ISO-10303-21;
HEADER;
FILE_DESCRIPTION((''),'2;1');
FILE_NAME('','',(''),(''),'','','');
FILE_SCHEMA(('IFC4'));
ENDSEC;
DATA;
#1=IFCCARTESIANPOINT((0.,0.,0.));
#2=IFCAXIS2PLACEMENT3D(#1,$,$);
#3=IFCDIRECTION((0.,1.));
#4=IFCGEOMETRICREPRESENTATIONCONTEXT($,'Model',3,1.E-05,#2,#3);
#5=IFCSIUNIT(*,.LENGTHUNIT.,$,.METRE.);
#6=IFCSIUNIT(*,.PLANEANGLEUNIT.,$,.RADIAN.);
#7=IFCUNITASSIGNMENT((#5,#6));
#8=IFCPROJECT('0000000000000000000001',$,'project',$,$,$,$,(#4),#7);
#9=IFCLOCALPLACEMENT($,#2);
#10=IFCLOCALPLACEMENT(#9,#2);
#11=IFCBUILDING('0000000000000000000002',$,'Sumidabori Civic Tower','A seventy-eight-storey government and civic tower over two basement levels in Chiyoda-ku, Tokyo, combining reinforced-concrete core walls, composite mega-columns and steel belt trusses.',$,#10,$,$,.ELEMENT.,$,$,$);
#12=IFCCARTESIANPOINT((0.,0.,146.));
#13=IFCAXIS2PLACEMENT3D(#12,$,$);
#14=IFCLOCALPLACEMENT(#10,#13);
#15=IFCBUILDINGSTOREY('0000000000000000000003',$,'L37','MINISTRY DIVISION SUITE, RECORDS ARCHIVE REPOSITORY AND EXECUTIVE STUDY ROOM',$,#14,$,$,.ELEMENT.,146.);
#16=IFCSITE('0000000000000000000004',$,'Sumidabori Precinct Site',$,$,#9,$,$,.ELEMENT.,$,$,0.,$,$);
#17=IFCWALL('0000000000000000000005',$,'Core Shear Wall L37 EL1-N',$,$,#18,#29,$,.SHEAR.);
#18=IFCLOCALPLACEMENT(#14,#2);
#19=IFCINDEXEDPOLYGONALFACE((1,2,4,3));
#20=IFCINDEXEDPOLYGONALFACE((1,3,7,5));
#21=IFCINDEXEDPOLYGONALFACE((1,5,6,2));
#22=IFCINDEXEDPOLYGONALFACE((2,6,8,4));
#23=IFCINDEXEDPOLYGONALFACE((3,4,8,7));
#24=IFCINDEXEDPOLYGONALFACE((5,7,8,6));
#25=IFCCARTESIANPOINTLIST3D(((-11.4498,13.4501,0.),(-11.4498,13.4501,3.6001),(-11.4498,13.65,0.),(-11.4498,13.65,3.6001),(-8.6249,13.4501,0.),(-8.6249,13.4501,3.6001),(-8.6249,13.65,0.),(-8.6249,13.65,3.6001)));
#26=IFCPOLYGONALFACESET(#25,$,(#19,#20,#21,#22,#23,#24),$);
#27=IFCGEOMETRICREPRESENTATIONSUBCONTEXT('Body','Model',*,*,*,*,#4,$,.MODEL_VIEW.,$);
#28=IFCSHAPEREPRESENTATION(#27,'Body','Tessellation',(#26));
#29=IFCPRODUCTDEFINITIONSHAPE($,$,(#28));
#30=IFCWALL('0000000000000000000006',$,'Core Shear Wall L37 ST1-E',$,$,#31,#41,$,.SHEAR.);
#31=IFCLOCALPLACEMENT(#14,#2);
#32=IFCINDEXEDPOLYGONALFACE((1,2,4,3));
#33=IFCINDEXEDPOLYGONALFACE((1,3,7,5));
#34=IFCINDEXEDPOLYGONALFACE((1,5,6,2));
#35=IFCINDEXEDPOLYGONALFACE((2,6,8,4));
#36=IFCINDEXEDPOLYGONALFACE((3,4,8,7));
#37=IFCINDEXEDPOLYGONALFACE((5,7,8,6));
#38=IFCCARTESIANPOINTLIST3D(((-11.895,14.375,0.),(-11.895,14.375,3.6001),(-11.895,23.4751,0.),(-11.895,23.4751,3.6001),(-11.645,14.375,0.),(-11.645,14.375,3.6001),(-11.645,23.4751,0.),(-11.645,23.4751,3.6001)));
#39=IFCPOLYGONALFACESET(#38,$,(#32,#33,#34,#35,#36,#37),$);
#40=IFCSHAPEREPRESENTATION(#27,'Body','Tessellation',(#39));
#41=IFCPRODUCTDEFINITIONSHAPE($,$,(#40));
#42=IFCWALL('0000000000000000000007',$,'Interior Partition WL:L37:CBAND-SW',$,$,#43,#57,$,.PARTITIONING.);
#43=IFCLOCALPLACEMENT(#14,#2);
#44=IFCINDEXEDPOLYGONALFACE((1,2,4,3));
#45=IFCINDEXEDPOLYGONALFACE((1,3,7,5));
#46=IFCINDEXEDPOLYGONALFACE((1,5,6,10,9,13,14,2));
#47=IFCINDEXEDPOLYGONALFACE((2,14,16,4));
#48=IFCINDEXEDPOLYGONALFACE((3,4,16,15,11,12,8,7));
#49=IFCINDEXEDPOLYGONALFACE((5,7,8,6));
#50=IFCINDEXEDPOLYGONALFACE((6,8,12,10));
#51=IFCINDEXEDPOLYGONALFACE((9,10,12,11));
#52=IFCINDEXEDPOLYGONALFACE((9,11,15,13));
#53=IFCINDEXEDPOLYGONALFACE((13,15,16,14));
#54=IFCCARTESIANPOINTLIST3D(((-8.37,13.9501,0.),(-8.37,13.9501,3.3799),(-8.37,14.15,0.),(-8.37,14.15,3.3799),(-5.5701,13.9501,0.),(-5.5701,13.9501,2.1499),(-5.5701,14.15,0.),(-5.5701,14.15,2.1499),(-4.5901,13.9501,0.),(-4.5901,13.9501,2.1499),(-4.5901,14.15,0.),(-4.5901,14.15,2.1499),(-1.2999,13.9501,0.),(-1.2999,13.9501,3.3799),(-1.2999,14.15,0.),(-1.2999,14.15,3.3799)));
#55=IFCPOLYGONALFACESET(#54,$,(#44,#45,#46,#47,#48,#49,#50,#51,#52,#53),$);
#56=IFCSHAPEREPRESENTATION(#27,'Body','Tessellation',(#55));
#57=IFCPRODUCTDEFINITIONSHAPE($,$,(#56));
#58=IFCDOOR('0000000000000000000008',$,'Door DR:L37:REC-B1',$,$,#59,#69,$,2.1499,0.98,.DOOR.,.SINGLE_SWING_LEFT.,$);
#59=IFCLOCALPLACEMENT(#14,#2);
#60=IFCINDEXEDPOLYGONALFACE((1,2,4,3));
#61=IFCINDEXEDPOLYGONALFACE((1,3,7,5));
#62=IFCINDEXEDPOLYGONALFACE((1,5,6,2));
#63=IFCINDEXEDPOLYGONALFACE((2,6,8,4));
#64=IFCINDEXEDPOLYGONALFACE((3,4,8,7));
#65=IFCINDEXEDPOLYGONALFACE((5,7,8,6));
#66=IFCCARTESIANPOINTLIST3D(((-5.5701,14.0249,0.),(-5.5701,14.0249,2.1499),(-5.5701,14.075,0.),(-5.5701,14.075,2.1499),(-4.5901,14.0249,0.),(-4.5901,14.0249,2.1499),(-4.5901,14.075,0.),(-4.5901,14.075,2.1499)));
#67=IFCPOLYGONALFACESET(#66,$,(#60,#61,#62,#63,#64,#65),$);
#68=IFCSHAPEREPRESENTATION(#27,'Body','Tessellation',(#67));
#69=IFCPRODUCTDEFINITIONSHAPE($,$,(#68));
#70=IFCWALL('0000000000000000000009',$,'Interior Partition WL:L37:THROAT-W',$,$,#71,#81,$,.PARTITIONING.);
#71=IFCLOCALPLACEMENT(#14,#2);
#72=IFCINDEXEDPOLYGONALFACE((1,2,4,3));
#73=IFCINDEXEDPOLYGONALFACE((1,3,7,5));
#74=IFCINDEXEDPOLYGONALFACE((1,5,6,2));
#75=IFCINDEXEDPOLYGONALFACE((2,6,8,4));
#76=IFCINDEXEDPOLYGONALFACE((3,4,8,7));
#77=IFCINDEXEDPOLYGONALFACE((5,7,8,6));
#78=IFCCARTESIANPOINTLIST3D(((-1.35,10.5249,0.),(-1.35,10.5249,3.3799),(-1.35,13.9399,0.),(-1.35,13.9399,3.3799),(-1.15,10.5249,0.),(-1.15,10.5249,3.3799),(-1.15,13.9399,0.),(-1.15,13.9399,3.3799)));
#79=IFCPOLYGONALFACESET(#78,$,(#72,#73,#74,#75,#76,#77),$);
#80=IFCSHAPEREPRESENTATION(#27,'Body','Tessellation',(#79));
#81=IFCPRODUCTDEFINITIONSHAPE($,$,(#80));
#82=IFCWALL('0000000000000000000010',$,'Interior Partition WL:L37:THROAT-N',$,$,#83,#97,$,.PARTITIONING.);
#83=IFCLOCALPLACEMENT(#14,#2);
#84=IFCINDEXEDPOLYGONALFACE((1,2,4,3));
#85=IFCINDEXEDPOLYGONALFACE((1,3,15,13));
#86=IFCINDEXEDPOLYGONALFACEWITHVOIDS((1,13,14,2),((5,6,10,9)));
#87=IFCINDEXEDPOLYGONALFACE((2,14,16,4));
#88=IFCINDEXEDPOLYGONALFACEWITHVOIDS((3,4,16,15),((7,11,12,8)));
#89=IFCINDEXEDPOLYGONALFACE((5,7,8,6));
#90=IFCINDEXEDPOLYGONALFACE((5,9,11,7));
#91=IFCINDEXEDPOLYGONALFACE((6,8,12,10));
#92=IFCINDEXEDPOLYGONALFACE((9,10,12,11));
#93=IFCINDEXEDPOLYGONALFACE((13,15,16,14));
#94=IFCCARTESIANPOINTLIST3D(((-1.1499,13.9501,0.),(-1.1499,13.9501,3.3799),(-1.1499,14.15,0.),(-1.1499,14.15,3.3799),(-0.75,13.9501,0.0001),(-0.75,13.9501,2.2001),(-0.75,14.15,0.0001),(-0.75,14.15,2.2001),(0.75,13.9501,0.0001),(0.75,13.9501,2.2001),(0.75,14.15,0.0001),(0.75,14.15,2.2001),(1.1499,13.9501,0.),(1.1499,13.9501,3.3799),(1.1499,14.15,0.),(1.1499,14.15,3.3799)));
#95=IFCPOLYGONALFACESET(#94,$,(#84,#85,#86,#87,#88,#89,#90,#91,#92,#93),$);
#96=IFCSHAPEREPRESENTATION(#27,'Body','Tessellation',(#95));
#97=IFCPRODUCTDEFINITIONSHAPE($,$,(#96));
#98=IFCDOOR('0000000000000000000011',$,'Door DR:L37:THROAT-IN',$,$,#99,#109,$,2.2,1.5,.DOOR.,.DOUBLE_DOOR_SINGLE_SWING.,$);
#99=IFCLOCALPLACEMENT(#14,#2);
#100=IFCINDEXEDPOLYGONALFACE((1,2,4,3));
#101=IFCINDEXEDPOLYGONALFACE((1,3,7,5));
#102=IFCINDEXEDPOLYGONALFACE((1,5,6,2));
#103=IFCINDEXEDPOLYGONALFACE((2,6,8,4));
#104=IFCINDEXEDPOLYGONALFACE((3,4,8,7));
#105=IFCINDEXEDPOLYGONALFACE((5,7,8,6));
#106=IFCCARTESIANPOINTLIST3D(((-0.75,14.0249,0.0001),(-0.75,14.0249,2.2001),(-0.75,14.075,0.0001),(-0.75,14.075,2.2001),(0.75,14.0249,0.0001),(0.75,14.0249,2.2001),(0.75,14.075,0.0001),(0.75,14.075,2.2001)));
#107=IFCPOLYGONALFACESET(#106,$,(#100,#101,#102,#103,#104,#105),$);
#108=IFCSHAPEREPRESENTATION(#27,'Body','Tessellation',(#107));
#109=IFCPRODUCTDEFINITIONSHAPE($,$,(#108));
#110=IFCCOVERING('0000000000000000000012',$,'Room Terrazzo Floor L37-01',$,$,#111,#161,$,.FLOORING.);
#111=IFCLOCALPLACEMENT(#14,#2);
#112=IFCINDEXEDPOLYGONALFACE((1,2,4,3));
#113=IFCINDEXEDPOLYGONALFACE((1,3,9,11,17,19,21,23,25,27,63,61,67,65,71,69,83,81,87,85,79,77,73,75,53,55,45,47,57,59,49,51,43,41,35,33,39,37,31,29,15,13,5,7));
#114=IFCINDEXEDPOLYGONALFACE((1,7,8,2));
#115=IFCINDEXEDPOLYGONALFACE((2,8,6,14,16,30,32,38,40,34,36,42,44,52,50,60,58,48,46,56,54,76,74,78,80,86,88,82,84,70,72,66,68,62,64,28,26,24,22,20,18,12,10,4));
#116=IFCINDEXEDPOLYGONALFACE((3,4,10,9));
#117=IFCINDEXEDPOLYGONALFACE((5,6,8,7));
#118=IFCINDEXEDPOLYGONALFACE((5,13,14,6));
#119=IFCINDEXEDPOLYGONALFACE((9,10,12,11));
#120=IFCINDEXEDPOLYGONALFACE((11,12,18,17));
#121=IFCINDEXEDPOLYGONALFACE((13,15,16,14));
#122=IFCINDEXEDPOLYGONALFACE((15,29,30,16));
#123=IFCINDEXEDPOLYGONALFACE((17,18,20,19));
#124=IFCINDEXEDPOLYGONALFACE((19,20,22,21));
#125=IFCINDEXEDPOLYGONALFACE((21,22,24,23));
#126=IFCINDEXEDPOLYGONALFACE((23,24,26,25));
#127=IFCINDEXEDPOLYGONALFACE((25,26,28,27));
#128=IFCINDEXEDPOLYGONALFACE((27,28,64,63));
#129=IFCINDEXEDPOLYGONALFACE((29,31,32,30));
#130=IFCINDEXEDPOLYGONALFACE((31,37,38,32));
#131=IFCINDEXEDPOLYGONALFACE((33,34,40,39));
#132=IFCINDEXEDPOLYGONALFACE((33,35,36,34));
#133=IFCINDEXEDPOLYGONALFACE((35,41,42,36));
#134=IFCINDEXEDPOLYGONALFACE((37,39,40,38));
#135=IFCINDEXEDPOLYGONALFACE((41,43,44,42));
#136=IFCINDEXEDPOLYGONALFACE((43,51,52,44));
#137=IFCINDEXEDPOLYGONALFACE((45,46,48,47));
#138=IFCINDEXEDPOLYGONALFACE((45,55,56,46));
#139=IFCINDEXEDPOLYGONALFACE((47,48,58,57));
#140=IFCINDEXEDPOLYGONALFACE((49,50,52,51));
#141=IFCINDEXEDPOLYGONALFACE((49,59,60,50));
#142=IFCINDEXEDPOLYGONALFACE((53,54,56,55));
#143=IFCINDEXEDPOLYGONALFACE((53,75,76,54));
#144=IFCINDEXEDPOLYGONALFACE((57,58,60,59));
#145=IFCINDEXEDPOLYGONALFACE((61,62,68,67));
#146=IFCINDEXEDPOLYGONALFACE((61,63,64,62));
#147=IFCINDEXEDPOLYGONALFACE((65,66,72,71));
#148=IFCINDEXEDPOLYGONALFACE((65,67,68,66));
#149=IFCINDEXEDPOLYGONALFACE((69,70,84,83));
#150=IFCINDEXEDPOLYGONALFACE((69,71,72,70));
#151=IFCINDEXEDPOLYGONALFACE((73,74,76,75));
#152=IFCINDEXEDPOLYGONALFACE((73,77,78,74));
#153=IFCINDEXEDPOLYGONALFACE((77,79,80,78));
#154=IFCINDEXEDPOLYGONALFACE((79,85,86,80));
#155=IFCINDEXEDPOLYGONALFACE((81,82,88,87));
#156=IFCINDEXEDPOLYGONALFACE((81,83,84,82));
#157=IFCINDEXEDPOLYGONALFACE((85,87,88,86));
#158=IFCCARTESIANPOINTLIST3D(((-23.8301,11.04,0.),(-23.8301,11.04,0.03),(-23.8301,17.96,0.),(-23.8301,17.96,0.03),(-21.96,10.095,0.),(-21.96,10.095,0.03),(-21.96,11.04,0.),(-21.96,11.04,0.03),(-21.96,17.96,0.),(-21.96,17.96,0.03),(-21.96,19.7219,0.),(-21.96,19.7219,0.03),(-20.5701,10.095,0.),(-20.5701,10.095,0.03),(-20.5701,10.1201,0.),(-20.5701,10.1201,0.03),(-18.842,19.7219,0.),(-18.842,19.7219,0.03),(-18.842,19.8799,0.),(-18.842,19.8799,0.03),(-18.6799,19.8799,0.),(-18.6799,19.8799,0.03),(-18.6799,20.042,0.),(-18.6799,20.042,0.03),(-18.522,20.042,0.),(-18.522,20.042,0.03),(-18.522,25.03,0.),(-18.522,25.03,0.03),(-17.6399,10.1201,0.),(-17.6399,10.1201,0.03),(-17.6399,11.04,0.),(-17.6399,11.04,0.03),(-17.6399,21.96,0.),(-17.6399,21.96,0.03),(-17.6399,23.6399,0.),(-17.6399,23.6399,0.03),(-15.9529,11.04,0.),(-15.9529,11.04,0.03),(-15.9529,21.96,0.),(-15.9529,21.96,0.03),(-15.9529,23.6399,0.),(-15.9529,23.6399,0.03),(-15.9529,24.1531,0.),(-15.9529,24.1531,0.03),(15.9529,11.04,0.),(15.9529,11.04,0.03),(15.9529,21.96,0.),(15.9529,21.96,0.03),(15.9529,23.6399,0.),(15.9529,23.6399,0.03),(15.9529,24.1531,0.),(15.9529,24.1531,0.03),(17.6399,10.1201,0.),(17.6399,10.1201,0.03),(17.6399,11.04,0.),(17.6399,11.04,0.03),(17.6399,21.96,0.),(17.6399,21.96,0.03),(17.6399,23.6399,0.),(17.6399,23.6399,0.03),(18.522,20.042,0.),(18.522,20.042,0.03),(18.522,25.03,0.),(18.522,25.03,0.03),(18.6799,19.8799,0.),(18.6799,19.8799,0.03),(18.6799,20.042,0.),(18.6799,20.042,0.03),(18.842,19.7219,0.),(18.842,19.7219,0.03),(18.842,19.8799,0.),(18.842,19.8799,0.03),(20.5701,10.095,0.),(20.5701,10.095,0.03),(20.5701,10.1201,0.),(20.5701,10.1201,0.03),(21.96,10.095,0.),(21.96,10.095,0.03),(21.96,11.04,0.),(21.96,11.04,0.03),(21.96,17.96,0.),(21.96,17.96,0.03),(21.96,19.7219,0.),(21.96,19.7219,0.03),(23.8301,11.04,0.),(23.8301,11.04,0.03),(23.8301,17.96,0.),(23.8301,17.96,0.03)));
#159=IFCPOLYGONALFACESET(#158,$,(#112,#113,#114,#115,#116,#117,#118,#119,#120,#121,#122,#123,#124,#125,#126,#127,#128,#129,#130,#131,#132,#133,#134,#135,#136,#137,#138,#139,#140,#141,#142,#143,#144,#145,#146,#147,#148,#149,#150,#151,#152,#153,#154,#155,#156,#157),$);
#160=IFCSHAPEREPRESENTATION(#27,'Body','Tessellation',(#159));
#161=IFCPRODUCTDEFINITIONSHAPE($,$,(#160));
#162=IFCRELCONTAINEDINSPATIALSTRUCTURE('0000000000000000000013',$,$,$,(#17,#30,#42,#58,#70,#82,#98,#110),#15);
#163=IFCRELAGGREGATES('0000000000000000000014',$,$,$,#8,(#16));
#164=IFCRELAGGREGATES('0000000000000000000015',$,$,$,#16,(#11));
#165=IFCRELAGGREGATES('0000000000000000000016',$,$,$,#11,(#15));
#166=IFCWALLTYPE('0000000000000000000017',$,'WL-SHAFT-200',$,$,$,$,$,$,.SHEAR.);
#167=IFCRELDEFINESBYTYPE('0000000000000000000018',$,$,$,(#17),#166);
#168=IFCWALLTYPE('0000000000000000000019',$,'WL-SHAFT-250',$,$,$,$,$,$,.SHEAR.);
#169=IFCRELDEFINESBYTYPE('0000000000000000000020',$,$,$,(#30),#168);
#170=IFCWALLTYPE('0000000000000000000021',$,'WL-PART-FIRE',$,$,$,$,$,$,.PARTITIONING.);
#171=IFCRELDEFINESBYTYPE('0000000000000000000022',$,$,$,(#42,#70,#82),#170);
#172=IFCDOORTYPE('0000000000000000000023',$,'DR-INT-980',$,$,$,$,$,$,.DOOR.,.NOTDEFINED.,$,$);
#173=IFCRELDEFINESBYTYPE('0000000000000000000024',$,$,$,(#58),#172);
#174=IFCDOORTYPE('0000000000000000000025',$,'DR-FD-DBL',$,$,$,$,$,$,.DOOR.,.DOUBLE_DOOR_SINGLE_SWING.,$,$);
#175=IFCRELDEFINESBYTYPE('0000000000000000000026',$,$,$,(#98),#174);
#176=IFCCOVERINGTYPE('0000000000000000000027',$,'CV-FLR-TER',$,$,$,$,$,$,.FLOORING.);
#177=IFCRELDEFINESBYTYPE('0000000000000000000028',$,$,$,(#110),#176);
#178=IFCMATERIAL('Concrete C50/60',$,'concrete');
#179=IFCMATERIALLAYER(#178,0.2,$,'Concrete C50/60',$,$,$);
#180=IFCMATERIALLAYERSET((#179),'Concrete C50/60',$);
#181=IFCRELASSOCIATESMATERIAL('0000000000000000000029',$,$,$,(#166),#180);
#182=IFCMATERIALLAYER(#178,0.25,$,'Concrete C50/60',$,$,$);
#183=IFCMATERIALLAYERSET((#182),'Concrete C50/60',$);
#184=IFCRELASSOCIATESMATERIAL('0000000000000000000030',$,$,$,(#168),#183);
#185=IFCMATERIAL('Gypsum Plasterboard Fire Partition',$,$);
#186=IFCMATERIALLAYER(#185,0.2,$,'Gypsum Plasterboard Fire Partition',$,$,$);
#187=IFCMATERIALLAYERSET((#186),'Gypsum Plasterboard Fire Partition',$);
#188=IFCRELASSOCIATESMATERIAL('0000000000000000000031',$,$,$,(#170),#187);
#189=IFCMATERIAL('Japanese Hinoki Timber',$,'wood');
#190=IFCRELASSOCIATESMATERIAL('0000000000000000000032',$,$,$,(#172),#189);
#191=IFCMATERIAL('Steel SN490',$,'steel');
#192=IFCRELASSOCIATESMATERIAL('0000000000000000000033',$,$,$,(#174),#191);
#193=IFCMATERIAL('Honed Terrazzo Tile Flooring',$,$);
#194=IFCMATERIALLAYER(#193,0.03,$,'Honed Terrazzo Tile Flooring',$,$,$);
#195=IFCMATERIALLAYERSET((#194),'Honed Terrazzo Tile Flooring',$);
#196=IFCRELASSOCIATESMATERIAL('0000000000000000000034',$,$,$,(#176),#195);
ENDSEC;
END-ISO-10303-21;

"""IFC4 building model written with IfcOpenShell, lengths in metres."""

from ifc_helpers import new_model, si_unit, direction, frame, frame_2d, origin, place, context, subcontext, project, spatial, polyline, rectangle, outline, extrude, source, transform, mapped, material, layer, layer_set, type_object, element, fill, save


model = new_model("IFC4")

# Units and contexts
model_context = context("Model", 3, precision=1e-05, world=origin(), true_north=direction((0.0, 1.0)))
body_context = subcontext(model_context, "Body", "Model", "MODEL_VIEW")
ifc_project = project(units=[si_unit("LENGTHUNIT", "METRE"), si_unit("PLANEANGLEUNIT", "RADIAN")], contexts=[model_context])

# Site, building, storey
site_placement = place(None, origin())
site = spatial("IfcSite", under=ifc_project, at=site_placement, Name="Sumidabori Precinct Site", CompositionType="ELEMENT", RefElevation=0.0)
building_placement = place(site_placement, origin())
building = spatial("IfcBuilding", under=site, at=building_placement, Name="Sumidabori Civic Tower", Description="A seventy-eight-storey government and civic tower over two basement levels in Chiyoda-ku, Tokyo, combining reinforced-concrete core walls, composite mega-columns and steel belt trusses.", CompositionType="ELEMENT")
storey_placement = place(building_placement, frame((0.0, 0.0, 146.0)))
storey = spatial("IfcBuildingStorey", under=building, at=storey_placement, Name="L37", Description="MINISTRY DIVISION SUITE, RECORDS ARCHIVE REPOSITORY AND EXECUTIVE STUDY ROOM", CompositionType="ELEMENT", Elevation=146.0)

# Wall
ifc_material_1 = material(Name="Concrete C50/60", Category="concrete")
ifc_layer_1 = layer(ifc_material_1, 0.2, Name="Concrete C50/60")
ifc_layer_set_1 = layer_set([ifc_layer_1], Name="Concrete C50/60")
wall_type_1 = type_object("IfcWallType", Name="WL-SHAFT-200", PredefinedType="SHEAR", material=ifc_layer_set_1)
shared_shape_1 = source(origin(), body_context, "Body", "SweptSolid", [
    extrude(rectangle(XDim=2.825, YDim=0.2, at=frame_2d((1.4126, 0.0))), origin(), (0.0, 0.0, 1.0), 3.6001),
])
wall_1_placement = place(storey_placement, frame((-11.45, 13.55, 0.0), z_axis=(0.0, 0.0, 1.0), x_axis=(1.0, 0.0, 0.0)))
element("IfcWall", 1, at=wall_1_placement, inside=storey, type_object=wall_type_1, Name="Core Shear Wall L37 EL1-N", PredefinedType="SHEAR", context=body_context, shape_type="MappedRepresentation", body=[
    mapped(shared_shape_1, transform((0.0, 0.0, 0.0), x_axis=(1.0, 0.0, 0.0), y_axis=(0.0, 1.0, 0.0), z_axis=(0.0, 0.0, 1.0), scale=1.0)),
])

# Shared definitions
ifc_layer_2 = layer(ifc_material_1, 0.25, Name="Concrete C50/60")
ifc_layer_set_2 = layer_set([ifc_layer_2], Name="Concrete C50/60")
wall_type_2 = type_object("IfcWallType", Name="WL-SHAFT-250", PredefinedType="SHEAR", material=ifc_layer_set_2)

# Shared definitions
ifc_material_2 = material(Name="Steel SN490", Category="steel")

# Wall
shared_shape_2 = source(origin(), body_context, "Body", "SweptSolid", [
    extrude(rectangle(XDim=9.1001, YDim=0.25, at=frame_2d((4.55, 0.0))), origin(), (0.0, 0.0, 1.0), 3.6001),
])
wall_2_placement = place(storey_placement, frame((-11.77, 14.375, 0.0), z_axis=(0.0, 0.0, 1.0), x_axis=(0.0, 1.0, 0.0)))
element("IfcWall", 2, at=wall_2_placement, inside=storey, type_object=wall_type_2, Name="Core Shear Wall L37 ST1-E", PredefinedType="SHEAR", context=body_context, shape_type="MappedRepresentation", body=[
    mapped(shared_shape_2, transform((0.0, 0.0, 0.0), x_axis=(1.0, 0.0, 0.0), y_axis=(0.0, 1.0, 0.0), z_axis=(0.0, 0.0, 1.0), scale=1.0)),
])

# Wall, opening, door
ifc_material_3 = material(Name="Gypsum Plasterboard Fire Partition")
ifc_layer_3 = layer(ifc_material_3, 0.2, Name="Gypsum Plasterboard Fire Partition")
ifc_layer_set_3 = layer_set([ifc_layer_3], Name="Gypsum Plasterboard Fire Partition")
wall_type_3 = type_object("IfcWallType", Name="WL-PART-FIRE", PredefinedType="PARTITIONING", material=ifc_layer_set_3)
shared_shape_3 = source(origin(), body_context, "Body", "SweptSolid", [
    extrude(rectangle(XDim=7.0701, YDim=0.2, at=frame_2d((3.5352, 0.0))), origin(), (0.0, 0.0, 1.0), 3.3799),
])
wall_3_placement = place(storey_placement, frame((-8.3701, 14.05, 0.0), z_axis=(0.0, 0.0, 1.0), x_axis=(1.0, 0.0, 0.0)))
wall_3 = element("IfcWall", 3, at=wall_3_placement, inside=storey, type_object=wall_type_3, Name="Interior Partition WL:L37:CBAND-SW", PredefinedType="PARTITIONING", context=body_context, shape_type="MappedRepresentation", body=[
    mapped(shared_shape_3, transform((0.0, 0.0, 0.0), x_axis=(1.0, 0.0, 0.0), y_axis=(0.0, 1.0, 0.0), z_axis=(0.0, 0.0, 1.0), scale=1.0)),
])
opening_1_placement = place(wall_3_placement, frame((2.8, 0.0, 0.0)))
opening_1 = element("IfcOpeningElement", 4, at=opening_1_placement, cuts=wall_3, PredefinedType="OPENING", context=body_context, shape_type="SweptSolid", body=[
    extrude(rectangle(XDim=0.98, YDim=2.1499, at=frame_2d((0.49, 1.075))), frame((0.0, 0.1118, 0.0), z_axis=(0.0, -1.0, 0.0), x_axis=(1.0, 0.0, 0.0)), (0.0, 0.0, 1.0), 0.2239),
])
ifc_material_4 = material(Name="Japanese Hinoki Timber", Category="wood")
door_type_1 = type_object("IfcDoorType", Name="DR-INT-980", OperationType="NOTDEFINED", PredefinedType="DOOR", material=ifc_material_4)
shared_shape_4 = source(origin(), body_context, "Body", "SweptSolid", [
    extrude(rectangle(XDim=0.98, YDim=2.1499, at=frame_2d((0.49, 1.075))), frame((0.0, 0.0249, 0.0), z_axis=(0.0, -1.0, 0.0), x_axis=(1.0, 0.0, 0.0)), (0.0, 0.0, 1.0), 0.05),
])
door_1_placement = place(opening_1_placement, origin())
door_1 = element("IfcDoor", 5, at=door_1_placement, inside=storey, type_object=door_type_1, Name="Door DR:L37:REC-B1", OperationType="SINGLE_SWING_LEFT", OverallHeight=2.1499, OverallWidth=0.98, PredefinedType="DOOR", context=body_context, shape_type="MappedRepresentation", body=[
    mapped(shared_shape_4, transform((0.0, 0.0, 0.0), x_axis=(1.0, 0.0, 0.0), y_axis=(0.0, 1.0, 0.0), z_axis=(0.0, 0.0, 1.0), scale=1.0)),
])
fill(opening_1, door_1)

# Wall
shared_shape_5 = source(origin(), body_context, "Body", "SweptSolid", [
    extrude(rectangle(XDim=3.415, YDim=0.2, at=frame_2d((1.7075, 0.0))), origin(), (0.0, 0.0, 1.0), 3.3799),
])
wall_4_placement = place(storey_placement, frame((-1.25, 10.5249, 0.0), z_axis=(0.0, 0.0, 1.0), x_axis=(0.0, 1.0, 0.0)))
element("IfcWall", 6, at=wall_4_placement, inside=storey, type_object=wall_type_3, Name="Interior Partition WL:L37:THROAT-W", PredefinedType="PARTITIONING", context=body_context, shape_type="MappedRepresentation", body=[
    mapped(shared_shape_5, transform((0.0, 0.0, 0.0), x_axis=(1.0, 0.0, 0.0), y_axis=(0.0, 1.0, 0.0), z_axis=(0.0, 0.0, 1.0), scale=1.0)),
])

# Wall, opening, door
shared_shape_6 = source(origin(), body_context, "Body", "SweptSolid", [
    extrude(rectangle(XDim=2.2998, YDim=0.2, at=frame_2d((1.1499, 0.0))), origin(), (0.0, 0.0, 1.0), 3.3799),
])
wall_5_placement = place(storey_placement, frame((-1.1499, 14.05, 0.0), z_axis=(0.0, 0.0, 1.0), x_axis=(1.0, 0.0, 0.0)))
wall_5 = element("IfcWall", 7, at=wall_5_placement, inside=storey, type_object=wall_type_3, Name="Interior Partition WL:L37:THROAT-N", PredefinedType="PARTITIONING", context=body_context, shape_type="MappedRepresentation", body=[
    mapped(shared_shape_6, transform((0.0, 0.0, 0.0), x_axis=(1.0, 0.0, 0.0), y_axis=(0.0, 1.0, 0.0), z_axis=(0.0, 0.0, 1.0), scale=1.0)),
])
opening_2_placement = place(wall_5_placement, frame((0.3999, 0.0, 0.0)))
opening_2 = element("IfcOpeningElement", 8, at=opening_2_placement, cuts=wall_5, PredefinedType="OPENING", context=body_context, shape_type="SweptSolid", body=[
    extrude(rectangle(XDim=1.5, YDim=2.2, at=frame_2d((0.75, 1.1001))), frame((0.0, 0.1118, 0.0), z_axis=(0.0, -1.0, 0.0), x_axis=(1.0, 0.0, 0.0)), (0.0, 0.0, 1.0), 0.2239),
])
door_type_2 = type_object("IfcDoorType", Name="DR-FD-DBL", OperationType="DOUBLE_DOOR_SINGLE_SWING", PredefinedType="DOOR", material=ifc_material_2)
shared_shape_7 = source(origin(), body_context, "Body", "SweptSolid", [
    extrude(rectangle(XDim=1.5, YDim=2.2, at=frame_2d((0.75, 1.1001))), frame((0.0, 0.0249, 0.0), z_axis=(0.0, -1.0, 0.0), x_axis=(1.0, 0.0, 0.0)), (0.0, 0.0, 1.0), 0.05),
])
door_2_placement = place(opening_2_placement, origin())
door_2 = element("IfcDoor", 9, at=door_2_placement, inside=storey, type_object=door_type_2, Name="Door DR:L37:THROAT-IN", OperationType="DOUBLE_DOOR_SINGLE_SWING", OverallHeight=2.2, OverallWidth=1.5, PredefinedType="DOOR", context=body_context, shape_type="MappedRepresentation", body=[
    mapped(shared_shape_7, transform((0.0, 0.0, 0.0), x_axis=(1.0, 0.0, 0.0), y_axis=(0.0, 1.0, 0.0), z_axis=(0.0, 0.0, 1.0), scale=1.0)),
])
fill(opening_2, door_2)

# Covering
ifc_material_5 = material(Name="Honed Terrazzo Tile Flooring")
ifc_layer_4 = layer(ifc_material_5, 0.03, Name="Honed Terrazzo Tile Flooring")
ifc_layer_set_4 = layer_set([ifc_layer_4], Name="Honed Terrazzo Tile Flooring")
covering_type = type_object("IfcCoveringType", Name="CV-FLR-TER", PredefinedType="FLOORING", material=ifc_layer_set_4)
covering_placement = place(storey_placement, origin())
element("IfcCovering", 10, at=covering_placement, inside=storey, type_object=covering_type, Name="Room Terrazzo Floor L37-01", PredefinedType="FLOORING", context=body_context, shape_type="SweptSolid", body=[
    extrude(outline(polyline([(-20.5701, 10.095), (-21.96, 10.095), (-21.96, 11.04), (-23.8301, 11.04), (-23.8301, 17.96), (-21.96, 17.96), (-21.96, 19.7219), (-18.842, 19.7219), (-18.842, 19.8799), (-18.6799, 19.8799), (-18.6799, 20.042), (-18.522, 20.042), (-18.522, 25.03), (18.522, 25.03), (18.522, 20.042), (18.6799, 20.042), (18.6799, 19.8799), (18.842, 19.8799), (18.842, 19.7219), (21.96, 19.7219), (21.96, 17.96), (23.8301, 17.96), (23.8301, 11.04), (21.96, 11.04), (21.96, 10.095), (20.5701, 10.095), (20.5701, 10.1201), (17.6399, 10.1201), (17.6399, 11.04), (15.9529, 11.04), (15.9529, 21.96), (17.6399, 21.96), (17.6399, 23.6399), (15.9529, 23.6399), (15.9529, 24.1531), (-15.9529, 24.1531), (-15.9529, 23.6399), (-17.6399, 23.6399), (-17.6399, 21.96), (-15.9529, 21.96), (-15.9529, 11.04), (-17.6399, 11.04), (-17.6399, 10.1201), (-20.5701, 10.1201), (-20.5701, 10.095)])), origin(), (0.0, 0.0, 1.0), 0.03),
])

save(model, "model.ifc")
